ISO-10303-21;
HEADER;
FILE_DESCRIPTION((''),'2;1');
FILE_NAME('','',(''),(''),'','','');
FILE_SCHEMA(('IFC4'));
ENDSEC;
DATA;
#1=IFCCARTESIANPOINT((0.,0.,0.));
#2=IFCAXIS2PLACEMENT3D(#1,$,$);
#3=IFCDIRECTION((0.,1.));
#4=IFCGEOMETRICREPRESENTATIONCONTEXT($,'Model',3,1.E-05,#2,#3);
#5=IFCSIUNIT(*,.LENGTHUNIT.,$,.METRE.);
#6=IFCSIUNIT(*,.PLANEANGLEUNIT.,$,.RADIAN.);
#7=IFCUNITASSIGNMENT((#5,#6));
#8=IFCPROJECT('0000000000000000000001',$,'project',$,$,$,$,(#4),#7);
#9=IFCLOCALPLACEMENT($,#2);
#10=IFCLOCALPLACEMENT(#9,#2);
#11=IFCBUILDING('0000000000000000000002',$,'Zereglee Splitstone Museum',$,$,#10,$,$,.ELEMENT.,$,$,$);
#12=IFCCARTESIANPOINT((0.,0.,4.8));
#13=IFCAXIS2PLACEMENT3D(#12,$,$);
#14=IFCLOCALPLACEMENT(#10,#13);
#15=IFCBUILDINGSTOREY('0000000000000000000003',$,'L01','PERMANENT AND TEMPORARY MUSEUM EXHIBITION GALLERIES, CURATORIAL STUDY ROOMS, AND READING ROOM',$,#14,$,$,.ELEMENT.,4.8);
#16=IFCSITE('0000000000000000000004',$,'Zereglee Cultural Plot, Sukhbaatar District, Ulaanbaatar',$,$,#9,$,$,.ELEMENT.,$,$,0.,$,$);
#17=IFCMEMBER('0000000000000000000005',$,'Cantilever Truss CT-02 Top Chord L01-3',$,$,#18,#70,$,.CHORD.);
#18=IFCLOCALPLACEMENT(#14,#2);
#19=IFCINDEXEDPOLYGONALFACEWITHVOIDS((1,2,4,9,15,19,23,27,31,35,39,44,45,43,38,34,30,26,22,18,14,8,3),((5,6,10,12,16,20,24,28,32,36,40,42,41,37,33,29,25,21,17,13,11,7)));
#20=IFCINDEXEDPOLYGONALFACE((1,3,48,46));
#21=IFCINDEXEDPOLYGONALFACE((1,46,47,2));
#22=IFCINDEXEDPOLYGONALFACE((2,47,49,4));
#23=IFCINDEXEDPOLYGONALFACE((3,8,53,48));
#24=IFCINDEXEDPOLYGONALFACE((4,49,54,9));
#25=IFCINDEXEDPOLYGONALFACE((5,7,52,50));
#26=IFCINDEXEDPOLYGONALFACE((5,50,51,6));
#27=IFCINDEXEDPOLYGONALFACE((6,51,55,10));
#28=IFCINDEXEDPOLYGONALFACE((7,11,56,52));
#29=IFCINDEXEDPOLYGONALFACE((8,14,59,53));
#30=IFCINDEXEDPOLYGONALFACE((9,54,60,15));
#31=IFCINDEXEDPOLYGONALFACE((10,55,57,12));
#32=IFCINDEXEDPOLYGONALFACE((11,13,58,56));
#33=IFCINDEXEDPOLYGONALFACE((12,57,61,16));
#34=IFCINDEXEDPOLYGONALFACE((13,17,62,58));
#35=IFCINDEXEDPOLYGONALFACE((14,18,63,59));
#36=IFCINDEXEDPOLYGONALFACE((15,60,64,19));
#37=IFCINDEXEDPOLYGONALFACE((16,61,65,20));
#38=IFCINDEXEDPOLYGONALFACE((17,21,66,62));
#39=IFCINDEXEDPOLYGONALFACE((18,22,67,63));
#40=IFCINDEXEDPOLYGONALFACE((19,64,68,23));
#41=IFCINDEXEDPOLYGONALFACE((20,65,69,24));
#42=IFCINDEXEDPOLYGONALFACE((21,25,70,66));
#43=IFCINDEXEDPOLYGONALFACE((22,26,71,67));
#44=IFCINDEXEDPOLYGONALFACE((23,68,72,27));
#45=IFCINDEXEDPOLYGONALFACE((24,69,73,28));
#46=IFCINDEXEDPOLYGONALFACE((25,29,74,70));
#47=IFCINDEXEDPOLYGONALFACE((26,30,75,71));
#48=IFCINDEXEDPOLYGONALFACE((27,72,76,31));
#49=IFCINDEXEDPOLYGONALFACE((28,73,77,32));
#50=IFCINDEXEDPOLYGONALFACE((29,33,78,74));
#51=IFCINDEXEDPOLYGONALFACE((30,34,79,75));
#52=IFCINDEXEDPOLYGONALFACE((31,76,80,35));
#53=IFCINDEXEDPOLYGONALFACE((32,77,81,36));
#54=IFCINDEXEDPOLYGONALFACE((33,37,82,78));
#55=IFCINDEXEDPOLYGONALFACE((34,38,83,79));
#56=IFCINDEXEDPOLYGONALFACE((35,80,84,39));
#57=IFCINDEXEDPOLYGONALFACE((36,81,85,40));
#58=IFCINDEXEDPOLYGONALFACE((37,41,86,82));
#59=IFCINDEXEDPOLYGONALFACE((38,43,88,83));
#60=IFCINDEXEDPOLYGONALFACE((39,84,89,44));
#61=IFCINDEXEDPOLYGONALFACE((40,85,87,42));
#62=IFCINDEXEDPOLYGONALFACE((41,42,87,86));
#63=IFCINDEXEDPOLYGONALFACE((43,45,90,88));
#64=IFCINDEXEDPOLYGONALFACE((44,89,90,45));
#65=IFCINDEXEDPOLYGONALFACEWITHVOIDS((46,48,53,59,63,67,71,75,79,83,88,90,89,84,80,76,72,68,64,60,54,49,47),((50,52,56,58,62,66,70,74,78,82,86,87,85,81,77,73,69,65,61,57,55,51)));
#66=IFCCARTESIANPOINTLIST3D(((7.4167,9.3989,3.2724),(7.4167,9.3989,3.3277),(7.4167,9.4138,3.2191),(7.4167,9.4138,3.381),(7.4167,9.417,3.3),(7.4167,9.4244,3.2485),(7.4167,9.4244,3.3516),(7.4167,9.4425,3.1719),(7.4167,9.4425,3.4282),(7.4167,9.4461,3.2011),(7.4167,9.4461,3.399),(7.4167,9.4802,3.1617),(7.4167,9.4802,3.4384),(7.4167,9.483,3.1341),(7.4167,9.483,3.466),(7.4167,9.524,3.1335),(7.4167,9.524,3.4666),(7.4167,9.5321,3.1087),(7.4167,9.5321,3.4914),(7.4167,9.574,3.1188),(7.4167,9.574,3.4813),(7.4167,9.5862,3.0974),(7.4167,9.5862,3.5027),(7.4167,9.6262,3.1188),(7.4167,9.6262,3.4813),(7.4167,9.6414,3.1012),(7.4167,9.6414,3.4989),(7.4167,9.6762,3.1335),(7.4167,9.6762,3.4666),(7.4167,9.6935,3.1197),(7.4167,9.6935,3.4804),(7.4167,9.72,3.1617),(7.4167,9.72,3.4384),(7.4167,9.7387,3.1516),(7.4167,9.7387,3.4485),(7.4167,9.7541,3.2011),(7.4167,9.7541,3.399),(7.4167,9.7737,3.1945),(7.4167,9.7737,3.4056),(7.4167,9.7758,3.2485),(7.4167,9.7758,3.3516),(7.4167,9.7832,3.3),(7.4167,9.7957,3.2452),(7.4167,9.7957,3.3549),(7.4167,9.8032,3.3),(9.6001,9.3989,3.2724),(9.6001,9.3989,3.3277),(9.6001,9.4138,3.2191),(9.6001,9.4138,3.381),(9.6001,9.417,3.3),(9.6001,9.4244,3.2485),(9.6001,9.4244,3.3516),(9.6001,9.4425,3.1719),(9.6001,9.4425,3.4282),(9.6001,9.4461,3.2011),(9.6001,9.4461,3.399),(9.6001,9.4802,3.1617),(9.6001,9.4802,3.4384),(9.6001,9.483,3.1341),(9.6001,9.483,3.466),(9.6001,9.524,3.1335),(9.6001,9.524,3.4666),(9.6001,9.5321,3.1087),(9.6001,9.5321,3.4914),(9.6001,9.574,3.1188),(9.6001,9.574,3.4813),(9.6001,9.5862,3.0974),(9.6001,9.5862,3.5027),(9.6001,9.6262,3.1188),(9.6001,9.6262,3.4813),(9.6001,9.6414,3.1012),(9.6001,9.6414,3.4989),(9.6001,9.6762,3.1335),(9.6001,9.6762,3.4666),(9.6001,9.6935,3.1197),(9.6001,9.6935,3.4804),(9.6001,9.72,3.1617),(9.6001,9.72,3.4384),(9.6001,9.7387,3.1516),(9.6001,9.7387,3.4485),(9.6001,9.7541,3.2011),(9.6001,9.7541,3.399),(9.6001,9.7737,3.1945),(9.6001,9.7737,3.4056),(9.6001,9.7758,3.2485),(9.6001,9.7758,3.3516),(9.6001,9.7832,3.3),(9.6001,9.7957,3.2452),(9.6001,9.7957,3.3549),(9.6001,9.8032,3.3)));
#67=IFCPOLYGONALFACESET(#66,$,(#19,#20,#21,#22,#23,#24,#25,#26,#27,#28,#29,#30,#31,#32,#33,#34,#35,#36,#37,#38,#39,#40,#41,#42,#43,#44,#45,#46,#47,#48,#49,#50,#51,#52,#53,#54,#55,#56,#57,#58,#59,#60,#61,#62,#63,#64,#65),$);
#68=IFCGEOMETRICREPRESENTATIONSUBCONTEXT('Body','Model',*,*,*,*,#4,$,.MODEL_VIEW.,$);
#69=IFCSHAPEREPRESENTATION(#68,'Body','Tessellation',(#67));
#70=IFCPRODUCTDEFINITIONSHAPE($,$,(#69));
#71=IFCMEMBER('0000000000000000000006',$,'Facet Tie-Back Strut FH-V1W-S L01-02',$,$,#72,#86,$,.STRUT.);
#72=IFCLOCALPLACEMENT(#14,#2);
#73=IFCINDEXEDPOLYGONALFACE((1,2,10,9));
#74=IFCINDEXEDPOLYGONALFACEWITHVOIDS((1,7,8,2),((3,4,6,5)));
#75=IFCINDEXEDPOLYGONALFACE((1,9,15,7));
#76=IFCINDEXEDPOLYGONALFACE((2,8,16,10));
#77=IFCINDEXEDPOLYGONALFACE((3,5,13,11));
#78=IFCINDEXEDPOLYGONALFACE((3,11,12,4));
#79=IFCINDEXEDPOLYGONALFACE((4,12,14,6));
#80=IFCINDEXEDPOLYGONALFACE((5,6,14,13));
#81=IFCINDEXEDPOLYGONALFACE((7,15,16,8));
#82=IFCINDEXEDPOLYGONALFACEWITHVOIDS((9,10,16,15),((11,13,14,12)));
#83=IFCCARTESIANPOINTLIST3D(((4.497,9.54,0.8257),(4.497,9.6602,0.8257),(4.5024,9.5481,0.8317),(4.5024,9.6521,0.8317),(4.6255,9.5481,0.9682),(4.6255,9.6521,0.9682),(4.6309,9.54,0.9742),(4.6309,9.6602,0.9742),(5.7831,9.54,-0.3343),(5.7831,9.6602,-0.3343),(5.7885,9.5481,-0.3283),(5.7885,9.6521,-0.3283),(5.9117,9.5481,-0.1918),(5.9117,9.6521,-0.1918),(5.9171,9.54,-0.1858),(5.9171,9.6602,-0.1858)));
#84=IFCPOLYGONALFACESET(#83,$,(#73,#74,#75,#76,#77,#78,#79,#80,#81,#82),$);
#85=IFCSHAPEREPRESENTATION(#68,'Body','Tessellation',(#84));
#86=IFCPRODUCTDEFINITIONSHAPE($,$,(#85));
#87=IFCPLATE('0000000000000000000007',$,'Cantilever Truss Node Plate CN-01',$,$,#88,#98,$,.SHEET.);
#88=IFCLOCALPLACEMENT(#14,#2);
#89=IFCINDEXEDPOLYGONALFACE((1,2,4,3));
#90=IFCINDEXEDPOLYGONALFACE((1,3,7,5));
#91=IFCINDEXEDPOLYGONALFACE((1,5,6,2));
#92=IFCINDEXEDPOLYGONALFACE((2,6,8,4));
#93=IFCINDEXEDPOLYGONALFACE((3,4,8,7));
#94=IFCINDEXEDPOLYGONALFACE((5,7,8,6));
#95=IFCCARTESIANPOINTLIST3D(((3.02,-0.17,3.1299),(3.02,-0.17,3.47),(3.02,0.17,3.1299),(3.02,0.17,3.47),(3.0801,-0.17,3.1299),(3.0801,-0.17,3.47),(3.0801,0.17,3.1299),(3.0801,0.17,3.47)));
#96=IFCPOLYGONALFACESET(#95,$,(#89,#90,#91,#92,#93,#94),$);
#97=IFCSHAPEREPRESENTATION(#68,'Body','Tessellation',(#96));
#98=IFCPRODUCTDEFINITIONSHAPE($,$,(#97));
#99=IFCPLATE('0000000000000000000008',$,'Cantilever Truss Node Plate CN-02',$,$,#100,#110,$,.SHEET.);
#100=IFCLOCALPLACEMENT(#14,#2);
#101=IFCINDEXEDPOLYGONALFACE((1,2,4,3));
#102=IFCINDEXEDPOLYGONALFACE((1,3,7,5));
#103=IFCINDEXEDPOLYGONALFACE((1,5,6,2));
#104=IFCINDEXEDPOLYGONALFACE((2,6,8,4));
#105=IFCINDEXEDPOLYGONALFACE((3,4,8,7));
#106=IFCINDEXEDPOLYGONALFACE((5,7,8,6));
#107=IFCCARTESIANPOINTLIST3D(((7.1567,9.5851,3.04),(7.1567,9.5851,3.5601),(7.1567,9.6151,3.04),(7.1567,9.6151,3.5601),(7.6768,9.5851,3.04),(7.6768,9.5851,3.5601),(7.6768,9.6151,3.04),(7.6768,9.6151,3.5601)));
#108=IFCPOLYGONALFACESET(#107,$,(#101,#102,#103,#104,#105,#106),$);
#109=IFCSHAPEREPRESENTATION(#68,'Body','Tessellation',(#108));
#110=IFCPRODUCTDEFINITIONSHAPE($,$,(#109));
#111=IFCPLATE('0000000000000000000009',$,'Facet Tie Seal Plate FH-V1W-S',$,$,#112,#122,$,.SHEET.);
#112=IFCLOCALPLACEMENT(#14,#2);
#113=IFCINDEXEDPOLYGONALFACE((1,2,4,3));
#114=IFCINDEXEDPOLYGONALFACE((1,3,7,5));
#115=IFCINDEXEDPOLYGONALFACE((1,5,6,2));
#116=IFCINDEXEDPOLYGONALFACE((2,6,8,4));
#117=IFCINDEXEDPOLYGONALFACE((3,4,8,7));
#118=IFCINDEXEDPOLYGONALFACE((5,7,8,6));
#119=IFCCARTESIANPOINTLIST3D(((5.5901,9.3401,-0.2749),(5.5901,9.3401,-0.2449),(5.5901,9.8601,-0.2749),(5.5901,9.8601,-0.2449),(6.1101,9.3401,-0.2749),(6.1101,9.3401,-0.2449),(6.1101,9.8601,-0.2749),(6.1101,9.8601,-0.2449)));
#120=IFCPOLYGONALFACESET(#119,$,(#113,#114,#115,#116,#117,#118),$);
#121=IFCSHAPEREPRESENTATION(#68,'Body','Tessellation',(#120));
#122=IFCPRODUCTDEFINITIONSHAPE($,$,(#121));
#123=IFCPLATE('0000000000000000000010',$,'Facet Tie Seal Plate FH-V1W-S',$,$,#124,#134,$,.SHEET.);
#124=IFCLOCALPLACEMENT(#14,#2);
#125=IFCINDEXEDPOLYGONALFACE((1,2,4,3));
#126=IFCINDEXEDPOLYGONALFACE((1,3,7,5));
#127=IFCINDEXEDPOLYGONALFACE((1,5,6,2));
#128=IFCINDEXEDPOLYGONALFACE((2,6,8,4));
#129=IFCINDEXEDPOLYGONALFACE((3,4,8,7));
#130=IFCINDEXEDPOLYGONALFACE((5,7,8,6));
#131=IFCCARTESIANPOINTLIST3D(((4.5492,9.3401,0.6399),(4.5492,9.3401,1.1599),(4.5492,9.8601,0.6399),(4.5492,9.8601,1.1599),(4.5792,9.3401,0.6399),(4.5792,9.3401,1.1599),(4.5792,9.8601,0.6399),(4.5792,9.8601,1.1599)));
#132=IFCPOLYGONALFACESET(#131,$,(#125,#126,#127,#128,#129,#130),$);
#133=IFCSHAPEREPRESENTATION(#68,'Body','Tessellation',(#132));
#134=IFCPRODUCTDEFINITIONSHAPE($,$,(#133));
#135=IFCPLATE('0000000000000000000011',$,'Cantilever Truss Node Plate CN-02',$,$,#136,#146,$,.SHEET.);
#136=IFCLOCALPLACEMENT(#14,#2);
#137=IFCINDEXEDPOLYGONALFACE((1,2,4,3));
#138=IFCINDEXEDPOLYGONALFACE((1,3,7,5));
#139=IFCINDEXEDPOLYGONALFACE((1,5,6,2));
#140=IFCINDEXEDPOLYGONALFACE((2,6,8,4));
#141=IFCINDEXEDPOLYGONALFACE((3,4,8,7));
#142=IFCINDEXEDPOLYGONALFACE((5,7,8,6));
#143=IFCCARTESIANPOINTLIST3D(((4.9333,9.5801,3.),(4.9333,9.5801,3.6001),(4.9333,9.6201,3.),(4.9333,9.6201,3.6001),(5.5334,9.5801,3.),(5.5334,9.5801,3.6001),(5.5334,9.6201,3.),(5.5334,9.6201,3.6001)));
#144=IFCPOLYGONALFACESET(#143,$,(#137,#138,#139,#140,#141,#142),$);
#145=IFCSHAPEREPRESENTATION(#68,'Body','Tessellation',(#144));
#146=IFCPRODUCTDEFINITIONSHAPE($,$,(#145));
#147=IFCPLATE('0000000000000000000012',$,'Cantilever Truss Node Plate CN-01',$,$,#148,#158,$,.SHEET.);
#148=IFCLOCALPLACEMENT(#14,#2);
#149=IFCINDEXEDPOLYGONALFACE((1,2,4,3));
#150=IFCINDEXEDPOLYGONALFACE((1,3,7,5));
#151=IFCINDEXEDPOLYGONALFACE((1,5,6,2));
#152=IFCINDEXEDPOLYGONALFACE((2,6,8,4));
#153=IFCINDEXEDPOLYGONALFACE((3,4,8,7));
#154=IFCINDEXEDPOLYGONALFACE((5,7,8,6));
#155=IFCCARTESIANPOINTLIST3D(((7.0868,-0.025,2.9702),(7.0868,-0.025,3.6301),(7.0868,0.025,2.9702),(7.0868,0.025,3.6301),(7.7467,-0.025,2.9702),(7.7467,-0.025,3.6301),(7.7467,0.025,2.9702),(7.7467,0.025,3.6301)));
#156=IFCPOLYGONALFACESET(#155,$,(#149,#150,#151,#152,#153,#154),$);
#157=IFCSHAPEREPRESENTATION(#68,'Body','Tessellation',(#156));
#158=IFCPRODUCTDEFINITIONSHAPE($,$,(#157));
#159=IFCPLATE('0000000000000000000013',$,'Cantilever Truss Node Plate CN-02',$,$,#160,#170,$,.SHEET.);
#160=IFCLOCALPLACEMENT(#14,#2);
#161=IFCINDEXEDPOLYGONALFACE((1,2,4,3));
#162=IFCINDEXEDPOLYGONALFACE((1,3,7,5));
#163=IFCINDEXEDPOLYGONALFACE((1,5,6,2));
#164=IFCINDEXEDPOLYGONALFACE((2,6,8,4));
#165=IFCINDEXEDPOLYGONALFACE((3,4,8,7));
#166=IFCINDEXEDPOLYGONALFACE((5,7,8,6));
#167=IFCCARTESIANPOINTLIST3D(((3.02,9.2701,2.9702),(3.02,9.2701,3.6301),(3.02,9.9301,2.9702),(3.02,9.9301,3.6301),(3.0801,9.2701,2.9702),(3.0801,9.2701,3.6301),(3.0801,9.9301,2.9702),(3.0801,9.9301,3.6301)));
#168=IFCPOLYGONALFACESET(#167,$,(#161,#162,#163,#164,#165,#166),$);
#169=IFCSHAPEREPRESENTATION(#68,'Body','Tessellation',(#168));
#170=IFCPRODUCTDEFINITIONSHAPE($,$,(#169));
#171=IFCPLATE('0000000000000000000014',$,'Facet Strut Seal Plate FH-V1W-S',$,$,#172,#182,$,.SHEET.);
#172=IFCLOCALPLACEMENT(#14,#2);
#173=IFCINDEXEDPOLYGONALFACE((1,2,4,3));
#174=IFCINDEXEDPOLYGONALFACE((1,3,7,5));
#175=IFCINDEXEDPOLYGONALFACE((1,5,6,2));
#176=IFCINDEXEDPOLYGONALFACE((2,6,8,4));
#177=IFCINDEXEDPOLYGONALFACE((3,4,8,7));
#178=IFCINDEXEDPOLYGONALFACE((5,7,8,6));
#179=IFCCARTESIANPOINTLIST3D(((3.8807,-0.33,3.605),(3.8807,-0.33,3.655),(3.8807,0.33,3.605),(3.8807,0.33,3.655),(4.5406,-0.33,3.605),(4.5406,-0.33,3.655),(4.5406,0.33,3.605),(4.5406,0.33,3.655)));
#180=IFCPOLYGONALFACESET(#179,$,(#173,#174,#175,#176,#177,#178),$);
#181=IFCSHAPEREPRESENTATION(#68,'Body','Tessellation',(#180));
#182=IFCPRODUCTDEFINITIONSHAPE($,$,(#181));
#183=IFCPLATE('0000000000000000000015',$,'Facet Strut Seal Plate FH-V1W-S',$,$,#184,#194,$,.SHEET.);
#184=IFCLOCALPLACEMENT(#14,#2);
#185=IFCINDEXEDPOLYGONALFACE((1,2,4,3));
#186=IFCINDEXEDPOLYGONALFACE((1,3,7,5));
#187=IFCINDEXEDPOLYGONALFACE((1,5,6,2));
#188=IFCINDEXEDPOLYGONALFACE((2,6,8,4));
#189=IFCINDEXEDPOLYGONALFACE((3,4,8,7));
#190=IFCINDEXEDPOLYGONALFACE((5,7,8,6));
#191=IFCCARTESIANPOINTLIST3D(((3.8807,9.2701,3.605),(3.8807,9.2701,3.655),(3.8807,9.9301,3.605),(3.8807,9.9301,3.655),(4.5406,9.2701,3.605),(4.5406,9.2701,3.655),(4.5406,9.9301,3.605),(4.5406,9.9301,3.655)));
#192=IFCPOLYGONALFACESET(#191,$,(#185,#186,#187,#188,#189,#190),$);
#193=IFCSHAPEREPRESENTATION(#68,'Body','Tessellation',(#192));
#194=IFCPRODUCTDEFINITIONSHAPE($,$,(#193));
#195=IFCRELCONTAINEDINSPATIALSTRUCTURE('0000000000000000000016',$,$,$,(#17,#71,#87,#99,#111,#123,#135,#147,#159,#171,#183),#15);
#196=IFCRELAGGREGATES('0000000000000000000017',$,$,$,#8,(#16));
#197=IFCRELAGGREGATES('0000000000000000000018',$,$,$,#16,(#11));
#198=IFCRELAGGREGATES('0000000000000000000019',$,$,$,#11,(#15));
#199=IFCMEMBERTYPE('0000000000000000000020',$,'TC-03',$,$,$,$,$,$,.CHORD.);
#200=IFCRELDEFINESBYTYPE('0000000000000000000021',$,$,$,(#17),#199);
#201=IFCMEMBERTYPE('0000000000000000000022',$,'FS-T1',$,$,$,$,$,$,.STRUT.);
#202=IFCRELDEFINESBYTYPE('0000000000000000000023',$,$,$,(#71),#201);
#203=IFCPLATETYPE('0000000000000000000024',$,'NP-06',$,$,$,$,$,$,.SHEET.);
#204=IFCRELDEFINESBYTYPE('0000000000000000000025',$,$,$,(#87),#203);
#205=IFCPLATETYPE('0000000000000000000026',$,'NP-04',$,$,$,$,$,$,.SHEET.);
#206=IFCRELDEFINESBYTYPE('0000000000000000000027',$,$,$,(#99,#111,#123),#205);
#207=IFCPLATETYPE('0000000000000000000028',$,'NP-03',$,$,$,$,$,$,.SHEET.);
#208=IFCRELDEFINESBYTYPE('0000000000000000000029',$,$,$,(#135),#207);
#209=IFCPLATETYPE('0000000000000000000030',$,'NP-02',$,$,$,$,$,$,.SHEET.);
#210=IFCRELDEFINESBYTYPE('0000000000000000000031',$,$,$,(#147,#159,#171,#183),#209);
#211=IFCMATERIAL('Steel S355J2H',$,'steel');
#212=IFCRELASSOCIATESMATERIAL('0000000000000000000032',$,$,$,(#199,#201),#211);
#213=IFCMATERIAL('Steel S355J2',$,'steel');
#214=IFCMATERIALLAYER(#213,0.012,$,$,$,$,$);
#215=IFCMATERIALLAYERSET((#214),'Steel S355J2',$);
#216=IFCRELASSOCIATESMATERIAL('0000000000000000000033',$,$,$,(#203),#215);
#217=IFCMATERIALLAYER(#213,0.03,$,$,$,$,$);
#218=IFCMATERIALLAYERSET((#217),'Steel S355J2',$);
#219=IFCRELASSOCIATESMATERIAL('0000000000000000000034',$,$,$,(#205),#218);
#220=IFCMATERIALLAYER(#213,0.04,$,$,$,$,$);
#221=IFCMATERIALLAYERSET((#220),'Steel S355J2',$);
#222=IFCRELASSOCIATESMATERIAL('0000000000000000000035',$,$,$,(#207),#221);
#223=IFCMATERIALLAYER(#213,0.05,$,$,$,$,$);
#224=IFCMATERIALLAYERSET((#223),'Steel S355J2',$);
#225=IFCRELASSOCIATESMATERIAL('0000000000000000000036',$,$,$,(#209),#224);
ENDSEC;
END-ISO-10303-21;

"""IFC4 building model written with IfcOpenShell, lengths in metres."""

from ifc_helpers import new_model, si_unit, direction, frame, origin, origin_2d, place, context, subcontext, project, spatial, rectangle, hollow_rectangle, hollow_circle, extrude, material, layer, layer_set, material_profile, profile_set, type_object, element, save


model = new_model("IFC4")

# Units and contexts
model_context = context("Model", 3, precision=1e-05, world=origin(), true_north=direction((0.0, 1.0)))
body_context = subcontext(model_context, "Body", "Model", "MODEL_VIEW")
ifc_project = project(units=[si_unit("LENGTHUNIT", "METRE"), si_unit("PLANEANGLEUNIT", "RADIAN")], contexts=[model_context])

# Site, building, storey
site_placement = place(None, origin())
site = spatial("IfcSite", under=ifc_project, at=site_placement, Name="Zereglee Cultural Plot, Sukhbaatar District, Ulaanbaatar", CompositionType="ELEMENT", RefElevation=0.0)
building_placement = place(site_placement, origin())
building = spatial("IfcBuilding", under=site, at=building_placement, Name="Zereglee Splitstone Museum", CompositionType="ELEMENT")
storey_placement = place(building_placement, frame((0.0, 0.0, 4.8)))
storey = spatial("IfcBuildingStorey", under=building, at=storey_placement, Name="L01", Description="PERMANENT AND TEMPORARY MUSEUM EXHIBITION GALLERIES, CURATORIAL STUDY ROOMS, AND READING ROOM", CompositionType="ELEMENT", Elevation=4.8)

# Members
ifc_material_1 = material(Name="Steel S355J2", Category="steel")
ifc_material_2 = material(Name="Steel S355J2H", Category="steel")
ifc_material_profile_1 = material_profile(ifc_material_2, hollow_circle(Radius=0.2031, WallThickness=0.02, at=origin_2d()), Name="CHS 406.4x20")
ifc_profile_set_1 = profile_set([ifc_material_profile_1], Name="Steel S355J2H")
member_type_1 = type_object("IfcMemberType", Name="TC-03", PredefinedType="CHORD", material=ifc_profile_set_1)
for number, where, z_axis, x_axis, name in (
    (1, (7.4167, 9.6001, 3.3), (1.0, 0.0, 0.0), (0.0, 1.0, 0.0), "Cantilever Truss CT-02 Top Chord L01-3"),
):
    element("IfcMember", number, at=place(storey_placement, frame(where, z_axis=z_axis, x_axis=x_axis)), inside=storey, type_object=member_type_1, Name=name, PredefinedType="CHORD", context=body_context, shape_type="SweptSolid", body=[
        extrude(hollow_circle(Radius=0.2031, WallThickness=0.02, at=origin_2d()), origin(), (0.0, 0.0, 1.0), 2.1833),
    ])
ifc_material_profile_2 = material_profile(ifc_material_2, hollow_rectangle(XDim=0.1201, YDim=0.2, WallThickness=0.0081, at=origin_2d()), Name="RHS 200x120x8")
ifc_profile_set_2 = profile_set([ifc_material_profile_2], Name="Steel S355J2H")
member_type_2 = type_object("IfcMemberType", Name="FS-T1", PredefinedType="STRUT", material=ifc_profile_set_2)
member_1_placement = place(storey_placement, frame((5.8501, 9.6001, -0.26), z_axis=(-0.742607, 0.0, 0.669728), x_axis=(0.0, -1.0, 0.0)))
element("IfcMember", 2, at=member_1_placement, inside=storey, type_object=member_type_2, Name="Facet Tie-Back Strut FH-V1W-S L01-02", PredefinedType="STRUT", context=body_context, shape_type="SweptSolid", body=[
    extrude(hollow_rectangle(XDim=0.1201, YDim=0.2, WallThickness=0.0081, at=origin_2d()), origin(), (0.0, 0.0, 1.0), 1.7319),
])

# Plates
ifc_layer_1 = layer(ifc_material_1, 0.012)
ifc_layer_set_1 = layer_set([ifc_layer_1], Name="Steel S355J2")
plate_type_1 = type_object("IfcPlateType", Name="NP-06", PredefinedType="SHEET", material=ifc_layer_set_1)
plate_1_placement = place(storey_placement, frame((3.05, 0.0, 3.1299), z_axis=(0.0, 0.0, 1.0), x_axis=(1.0, 0.0, 0.0)))
element("IfcPlate", 3, at=plate_1_placement, inside=storey, type_object=plate_type_1, Name="Cantilever Truss Node Plate CN-01", PredefinedType="SHEET", context=body_context, shape_type="SweptSolid", body=[
    extrude(rectangle(XDim=0.0601, YDim=0.3401, at=origin_2d()), origin(), (0.0, 0.0, 1.0), 0.3401),
])
ifc_layer_2 = layer(ifc_material_1, 0.03)
ifc_layer_set_2 = layer_set([ifc_layer_2], Name="Steel S355J2")
plate_type_2 = type_object("IfcPlateType", Name="NP-04", PredefinedType="SHEET", material=ifc_layer_set_2)
plate_2_placement = place(storey_placement, frame((7.4167, 9.6001, 3.04), z_axis=(0.0, 0.0, 1.0), x_axis=(1.0, 0.0, 0.0)))
element("IfcPlate", 4, at=plate_2_placement, inside=storey, type_object=plate_type_2, Name="Cantilever Truss Node Plate CN-02", PredefinedType="SHEET", context=body_context, shape_type="SweptSolid", body=[
    extrude(rectangle(XDim=0.52, YDim=0.03, at=origin_2d()), origin(), (0.0, 0.0, 1.0), 0.52),
])
plate_3_placement = place(storey_placement, frame((5.8501, 9.6001, -0.2749), z_axis=(0.0, 0.0, 1.0), x_axis=(1.0, 0.0, 0.0)))
element("IfcPlate", 5, at=plate_3_placement, inside=storey, type_object=plate_type_2, Name="Facet Tie Seal Plate FH-V1W-S", PredefinedType="SHEET", context=body_context, shape_type="SweptSolid", body=[
    extrude(rectangle(XDim=0.52, YDim=0.52, at=origin_2d()), origin(), (0.0, 0.0, 1.0), 0.03),
])
plate_4_placement = place(storey_placement, frame((4.5642, 9.6001, 0.6399), z_axis=(0.0, 0.0, 1.0), x_axis=(1.0, 0.0, 0.0)))
element("IfcPlate", 6, at=plate_4_placement, inside=storey, type_object=plate_type_2, Name="Facet Tie Seal Plate FH-V1W-S", PredefinedType="SHEET", context=body_context, shape_type="SweptSolid", body=[
    extrude(rectangle(XDim=0.03, YDim=0.52, at=origin_2d()), origin(), (0.0, 0.0, 1.0), 0.52),
])
ifc_layer_3 = layer(ifc_material_1, 0.04)
ifc_layer_set_3 = layer_set([ifc_layer_3], Name="Steel S355J2")
plate_type_3 = type_object("IfcPlateType", Name="NP-03", PredefinedType="SHEET", material=ifc_layer_set_3)
plate_5_placement = place(storey_placement, frame((5.2334, 9.6001, 3.0), z_axis=(0.0, 0.0, 1.0), x_axis=(1.0, 0.0, 0.0)))
element("IfcPlate", 7, at=plate_5_placement, inside=storey, type_object=plate_type_3, Name="Cantilever Truss Node Plate CN-02", PredefinedType="SHEET", context=body_context, shape_type="SweptSolid", body=[
    extrude(rectangle(XDim=0.6001, YDim=0.04, at=origin_2d()), origin(), (0.0, 0.0, 1.0), 0.6001),
])
ifc_layer_4 = layer(ifc_material_1, 0.05)
ifc_layer_set_4 = layer_set([ifc_layer_4], Name="Steel S355J2")
plate_type_4 = type_object("IfcPlateType", Name="NP-02", PredefinedType="SHEET", material=ifc_layer_set_4)
plate_6_placement = place(storey_placement, frame((7.4167, 0.0, 2.9702), z_axis=(0.0, 0.0, 1.0), x_axis=(1.0, 0.0, 0.0)))
element("IfcPlate", 8, at=plate_6_placement, inside=storey, type_object=plate_type_4, Name="Cantilever Truss Node Plate CN-01", PredefinedType="SHEET", context=body_context, shape_type="SweptSolid", body=[
    extrude(rectangle(XDim=0.6599, YDim=0.05, at=origin_2d()), origin(), (0.0, 0.0, 1.0), 0.6599),
])
plate_7_placement = place(storey_placement, frame((3.05, 9.6001, 2.9702), z_axis=(0.0, 0.0, 1.0), x_axis=(1.0, 0.0, 0.0)))
element("IfcPlate", 9, at=plate_7_placement, inside=storey, type_object=plate_type_4, Name="Cantilever Truss Node Plate CN-02", PredefinedType="SHEET", context=body_context, shape_type="SweptSolid", body=[
    extrude(rectangle(XDim=0.0601, YDim=0.6599, at=origin_2d()), origin(), (0.0, 0.0, 1.0), 0.6599),
])
for number, where, z_axis, x_axis, name in (
    (10, (4.2107, 0.0, 3.605), (0.0, 0.0, 1.0), (1.0, 0.0, 0.0), "Facet Strut Seal Plate FH-V1W-S"),
    (11, (4.2107, 9.6001, 3.605), (0.0, 0.0, 1.0), (1.0, 0.0, 0.0), "Facet Strut Seal Plate FH-V1W-S"),
):
    element("IfcPlate", number, at=place(storey_placement, frame(where, z_axis=z_axis, x_axis=x_axis)), inside=storey, type_object=plate_type_4, Name=name, PredefinedType="SHEET", context=body_context, shape_type="SweptSolid", body=[
        extrude(rectangle(XDim=0.6599, YDim=0.6599, at=origin_2d()), origin(), (0.0, 0.0, 1.0), 0.05),
    ])

save(model, "model.ifc")
